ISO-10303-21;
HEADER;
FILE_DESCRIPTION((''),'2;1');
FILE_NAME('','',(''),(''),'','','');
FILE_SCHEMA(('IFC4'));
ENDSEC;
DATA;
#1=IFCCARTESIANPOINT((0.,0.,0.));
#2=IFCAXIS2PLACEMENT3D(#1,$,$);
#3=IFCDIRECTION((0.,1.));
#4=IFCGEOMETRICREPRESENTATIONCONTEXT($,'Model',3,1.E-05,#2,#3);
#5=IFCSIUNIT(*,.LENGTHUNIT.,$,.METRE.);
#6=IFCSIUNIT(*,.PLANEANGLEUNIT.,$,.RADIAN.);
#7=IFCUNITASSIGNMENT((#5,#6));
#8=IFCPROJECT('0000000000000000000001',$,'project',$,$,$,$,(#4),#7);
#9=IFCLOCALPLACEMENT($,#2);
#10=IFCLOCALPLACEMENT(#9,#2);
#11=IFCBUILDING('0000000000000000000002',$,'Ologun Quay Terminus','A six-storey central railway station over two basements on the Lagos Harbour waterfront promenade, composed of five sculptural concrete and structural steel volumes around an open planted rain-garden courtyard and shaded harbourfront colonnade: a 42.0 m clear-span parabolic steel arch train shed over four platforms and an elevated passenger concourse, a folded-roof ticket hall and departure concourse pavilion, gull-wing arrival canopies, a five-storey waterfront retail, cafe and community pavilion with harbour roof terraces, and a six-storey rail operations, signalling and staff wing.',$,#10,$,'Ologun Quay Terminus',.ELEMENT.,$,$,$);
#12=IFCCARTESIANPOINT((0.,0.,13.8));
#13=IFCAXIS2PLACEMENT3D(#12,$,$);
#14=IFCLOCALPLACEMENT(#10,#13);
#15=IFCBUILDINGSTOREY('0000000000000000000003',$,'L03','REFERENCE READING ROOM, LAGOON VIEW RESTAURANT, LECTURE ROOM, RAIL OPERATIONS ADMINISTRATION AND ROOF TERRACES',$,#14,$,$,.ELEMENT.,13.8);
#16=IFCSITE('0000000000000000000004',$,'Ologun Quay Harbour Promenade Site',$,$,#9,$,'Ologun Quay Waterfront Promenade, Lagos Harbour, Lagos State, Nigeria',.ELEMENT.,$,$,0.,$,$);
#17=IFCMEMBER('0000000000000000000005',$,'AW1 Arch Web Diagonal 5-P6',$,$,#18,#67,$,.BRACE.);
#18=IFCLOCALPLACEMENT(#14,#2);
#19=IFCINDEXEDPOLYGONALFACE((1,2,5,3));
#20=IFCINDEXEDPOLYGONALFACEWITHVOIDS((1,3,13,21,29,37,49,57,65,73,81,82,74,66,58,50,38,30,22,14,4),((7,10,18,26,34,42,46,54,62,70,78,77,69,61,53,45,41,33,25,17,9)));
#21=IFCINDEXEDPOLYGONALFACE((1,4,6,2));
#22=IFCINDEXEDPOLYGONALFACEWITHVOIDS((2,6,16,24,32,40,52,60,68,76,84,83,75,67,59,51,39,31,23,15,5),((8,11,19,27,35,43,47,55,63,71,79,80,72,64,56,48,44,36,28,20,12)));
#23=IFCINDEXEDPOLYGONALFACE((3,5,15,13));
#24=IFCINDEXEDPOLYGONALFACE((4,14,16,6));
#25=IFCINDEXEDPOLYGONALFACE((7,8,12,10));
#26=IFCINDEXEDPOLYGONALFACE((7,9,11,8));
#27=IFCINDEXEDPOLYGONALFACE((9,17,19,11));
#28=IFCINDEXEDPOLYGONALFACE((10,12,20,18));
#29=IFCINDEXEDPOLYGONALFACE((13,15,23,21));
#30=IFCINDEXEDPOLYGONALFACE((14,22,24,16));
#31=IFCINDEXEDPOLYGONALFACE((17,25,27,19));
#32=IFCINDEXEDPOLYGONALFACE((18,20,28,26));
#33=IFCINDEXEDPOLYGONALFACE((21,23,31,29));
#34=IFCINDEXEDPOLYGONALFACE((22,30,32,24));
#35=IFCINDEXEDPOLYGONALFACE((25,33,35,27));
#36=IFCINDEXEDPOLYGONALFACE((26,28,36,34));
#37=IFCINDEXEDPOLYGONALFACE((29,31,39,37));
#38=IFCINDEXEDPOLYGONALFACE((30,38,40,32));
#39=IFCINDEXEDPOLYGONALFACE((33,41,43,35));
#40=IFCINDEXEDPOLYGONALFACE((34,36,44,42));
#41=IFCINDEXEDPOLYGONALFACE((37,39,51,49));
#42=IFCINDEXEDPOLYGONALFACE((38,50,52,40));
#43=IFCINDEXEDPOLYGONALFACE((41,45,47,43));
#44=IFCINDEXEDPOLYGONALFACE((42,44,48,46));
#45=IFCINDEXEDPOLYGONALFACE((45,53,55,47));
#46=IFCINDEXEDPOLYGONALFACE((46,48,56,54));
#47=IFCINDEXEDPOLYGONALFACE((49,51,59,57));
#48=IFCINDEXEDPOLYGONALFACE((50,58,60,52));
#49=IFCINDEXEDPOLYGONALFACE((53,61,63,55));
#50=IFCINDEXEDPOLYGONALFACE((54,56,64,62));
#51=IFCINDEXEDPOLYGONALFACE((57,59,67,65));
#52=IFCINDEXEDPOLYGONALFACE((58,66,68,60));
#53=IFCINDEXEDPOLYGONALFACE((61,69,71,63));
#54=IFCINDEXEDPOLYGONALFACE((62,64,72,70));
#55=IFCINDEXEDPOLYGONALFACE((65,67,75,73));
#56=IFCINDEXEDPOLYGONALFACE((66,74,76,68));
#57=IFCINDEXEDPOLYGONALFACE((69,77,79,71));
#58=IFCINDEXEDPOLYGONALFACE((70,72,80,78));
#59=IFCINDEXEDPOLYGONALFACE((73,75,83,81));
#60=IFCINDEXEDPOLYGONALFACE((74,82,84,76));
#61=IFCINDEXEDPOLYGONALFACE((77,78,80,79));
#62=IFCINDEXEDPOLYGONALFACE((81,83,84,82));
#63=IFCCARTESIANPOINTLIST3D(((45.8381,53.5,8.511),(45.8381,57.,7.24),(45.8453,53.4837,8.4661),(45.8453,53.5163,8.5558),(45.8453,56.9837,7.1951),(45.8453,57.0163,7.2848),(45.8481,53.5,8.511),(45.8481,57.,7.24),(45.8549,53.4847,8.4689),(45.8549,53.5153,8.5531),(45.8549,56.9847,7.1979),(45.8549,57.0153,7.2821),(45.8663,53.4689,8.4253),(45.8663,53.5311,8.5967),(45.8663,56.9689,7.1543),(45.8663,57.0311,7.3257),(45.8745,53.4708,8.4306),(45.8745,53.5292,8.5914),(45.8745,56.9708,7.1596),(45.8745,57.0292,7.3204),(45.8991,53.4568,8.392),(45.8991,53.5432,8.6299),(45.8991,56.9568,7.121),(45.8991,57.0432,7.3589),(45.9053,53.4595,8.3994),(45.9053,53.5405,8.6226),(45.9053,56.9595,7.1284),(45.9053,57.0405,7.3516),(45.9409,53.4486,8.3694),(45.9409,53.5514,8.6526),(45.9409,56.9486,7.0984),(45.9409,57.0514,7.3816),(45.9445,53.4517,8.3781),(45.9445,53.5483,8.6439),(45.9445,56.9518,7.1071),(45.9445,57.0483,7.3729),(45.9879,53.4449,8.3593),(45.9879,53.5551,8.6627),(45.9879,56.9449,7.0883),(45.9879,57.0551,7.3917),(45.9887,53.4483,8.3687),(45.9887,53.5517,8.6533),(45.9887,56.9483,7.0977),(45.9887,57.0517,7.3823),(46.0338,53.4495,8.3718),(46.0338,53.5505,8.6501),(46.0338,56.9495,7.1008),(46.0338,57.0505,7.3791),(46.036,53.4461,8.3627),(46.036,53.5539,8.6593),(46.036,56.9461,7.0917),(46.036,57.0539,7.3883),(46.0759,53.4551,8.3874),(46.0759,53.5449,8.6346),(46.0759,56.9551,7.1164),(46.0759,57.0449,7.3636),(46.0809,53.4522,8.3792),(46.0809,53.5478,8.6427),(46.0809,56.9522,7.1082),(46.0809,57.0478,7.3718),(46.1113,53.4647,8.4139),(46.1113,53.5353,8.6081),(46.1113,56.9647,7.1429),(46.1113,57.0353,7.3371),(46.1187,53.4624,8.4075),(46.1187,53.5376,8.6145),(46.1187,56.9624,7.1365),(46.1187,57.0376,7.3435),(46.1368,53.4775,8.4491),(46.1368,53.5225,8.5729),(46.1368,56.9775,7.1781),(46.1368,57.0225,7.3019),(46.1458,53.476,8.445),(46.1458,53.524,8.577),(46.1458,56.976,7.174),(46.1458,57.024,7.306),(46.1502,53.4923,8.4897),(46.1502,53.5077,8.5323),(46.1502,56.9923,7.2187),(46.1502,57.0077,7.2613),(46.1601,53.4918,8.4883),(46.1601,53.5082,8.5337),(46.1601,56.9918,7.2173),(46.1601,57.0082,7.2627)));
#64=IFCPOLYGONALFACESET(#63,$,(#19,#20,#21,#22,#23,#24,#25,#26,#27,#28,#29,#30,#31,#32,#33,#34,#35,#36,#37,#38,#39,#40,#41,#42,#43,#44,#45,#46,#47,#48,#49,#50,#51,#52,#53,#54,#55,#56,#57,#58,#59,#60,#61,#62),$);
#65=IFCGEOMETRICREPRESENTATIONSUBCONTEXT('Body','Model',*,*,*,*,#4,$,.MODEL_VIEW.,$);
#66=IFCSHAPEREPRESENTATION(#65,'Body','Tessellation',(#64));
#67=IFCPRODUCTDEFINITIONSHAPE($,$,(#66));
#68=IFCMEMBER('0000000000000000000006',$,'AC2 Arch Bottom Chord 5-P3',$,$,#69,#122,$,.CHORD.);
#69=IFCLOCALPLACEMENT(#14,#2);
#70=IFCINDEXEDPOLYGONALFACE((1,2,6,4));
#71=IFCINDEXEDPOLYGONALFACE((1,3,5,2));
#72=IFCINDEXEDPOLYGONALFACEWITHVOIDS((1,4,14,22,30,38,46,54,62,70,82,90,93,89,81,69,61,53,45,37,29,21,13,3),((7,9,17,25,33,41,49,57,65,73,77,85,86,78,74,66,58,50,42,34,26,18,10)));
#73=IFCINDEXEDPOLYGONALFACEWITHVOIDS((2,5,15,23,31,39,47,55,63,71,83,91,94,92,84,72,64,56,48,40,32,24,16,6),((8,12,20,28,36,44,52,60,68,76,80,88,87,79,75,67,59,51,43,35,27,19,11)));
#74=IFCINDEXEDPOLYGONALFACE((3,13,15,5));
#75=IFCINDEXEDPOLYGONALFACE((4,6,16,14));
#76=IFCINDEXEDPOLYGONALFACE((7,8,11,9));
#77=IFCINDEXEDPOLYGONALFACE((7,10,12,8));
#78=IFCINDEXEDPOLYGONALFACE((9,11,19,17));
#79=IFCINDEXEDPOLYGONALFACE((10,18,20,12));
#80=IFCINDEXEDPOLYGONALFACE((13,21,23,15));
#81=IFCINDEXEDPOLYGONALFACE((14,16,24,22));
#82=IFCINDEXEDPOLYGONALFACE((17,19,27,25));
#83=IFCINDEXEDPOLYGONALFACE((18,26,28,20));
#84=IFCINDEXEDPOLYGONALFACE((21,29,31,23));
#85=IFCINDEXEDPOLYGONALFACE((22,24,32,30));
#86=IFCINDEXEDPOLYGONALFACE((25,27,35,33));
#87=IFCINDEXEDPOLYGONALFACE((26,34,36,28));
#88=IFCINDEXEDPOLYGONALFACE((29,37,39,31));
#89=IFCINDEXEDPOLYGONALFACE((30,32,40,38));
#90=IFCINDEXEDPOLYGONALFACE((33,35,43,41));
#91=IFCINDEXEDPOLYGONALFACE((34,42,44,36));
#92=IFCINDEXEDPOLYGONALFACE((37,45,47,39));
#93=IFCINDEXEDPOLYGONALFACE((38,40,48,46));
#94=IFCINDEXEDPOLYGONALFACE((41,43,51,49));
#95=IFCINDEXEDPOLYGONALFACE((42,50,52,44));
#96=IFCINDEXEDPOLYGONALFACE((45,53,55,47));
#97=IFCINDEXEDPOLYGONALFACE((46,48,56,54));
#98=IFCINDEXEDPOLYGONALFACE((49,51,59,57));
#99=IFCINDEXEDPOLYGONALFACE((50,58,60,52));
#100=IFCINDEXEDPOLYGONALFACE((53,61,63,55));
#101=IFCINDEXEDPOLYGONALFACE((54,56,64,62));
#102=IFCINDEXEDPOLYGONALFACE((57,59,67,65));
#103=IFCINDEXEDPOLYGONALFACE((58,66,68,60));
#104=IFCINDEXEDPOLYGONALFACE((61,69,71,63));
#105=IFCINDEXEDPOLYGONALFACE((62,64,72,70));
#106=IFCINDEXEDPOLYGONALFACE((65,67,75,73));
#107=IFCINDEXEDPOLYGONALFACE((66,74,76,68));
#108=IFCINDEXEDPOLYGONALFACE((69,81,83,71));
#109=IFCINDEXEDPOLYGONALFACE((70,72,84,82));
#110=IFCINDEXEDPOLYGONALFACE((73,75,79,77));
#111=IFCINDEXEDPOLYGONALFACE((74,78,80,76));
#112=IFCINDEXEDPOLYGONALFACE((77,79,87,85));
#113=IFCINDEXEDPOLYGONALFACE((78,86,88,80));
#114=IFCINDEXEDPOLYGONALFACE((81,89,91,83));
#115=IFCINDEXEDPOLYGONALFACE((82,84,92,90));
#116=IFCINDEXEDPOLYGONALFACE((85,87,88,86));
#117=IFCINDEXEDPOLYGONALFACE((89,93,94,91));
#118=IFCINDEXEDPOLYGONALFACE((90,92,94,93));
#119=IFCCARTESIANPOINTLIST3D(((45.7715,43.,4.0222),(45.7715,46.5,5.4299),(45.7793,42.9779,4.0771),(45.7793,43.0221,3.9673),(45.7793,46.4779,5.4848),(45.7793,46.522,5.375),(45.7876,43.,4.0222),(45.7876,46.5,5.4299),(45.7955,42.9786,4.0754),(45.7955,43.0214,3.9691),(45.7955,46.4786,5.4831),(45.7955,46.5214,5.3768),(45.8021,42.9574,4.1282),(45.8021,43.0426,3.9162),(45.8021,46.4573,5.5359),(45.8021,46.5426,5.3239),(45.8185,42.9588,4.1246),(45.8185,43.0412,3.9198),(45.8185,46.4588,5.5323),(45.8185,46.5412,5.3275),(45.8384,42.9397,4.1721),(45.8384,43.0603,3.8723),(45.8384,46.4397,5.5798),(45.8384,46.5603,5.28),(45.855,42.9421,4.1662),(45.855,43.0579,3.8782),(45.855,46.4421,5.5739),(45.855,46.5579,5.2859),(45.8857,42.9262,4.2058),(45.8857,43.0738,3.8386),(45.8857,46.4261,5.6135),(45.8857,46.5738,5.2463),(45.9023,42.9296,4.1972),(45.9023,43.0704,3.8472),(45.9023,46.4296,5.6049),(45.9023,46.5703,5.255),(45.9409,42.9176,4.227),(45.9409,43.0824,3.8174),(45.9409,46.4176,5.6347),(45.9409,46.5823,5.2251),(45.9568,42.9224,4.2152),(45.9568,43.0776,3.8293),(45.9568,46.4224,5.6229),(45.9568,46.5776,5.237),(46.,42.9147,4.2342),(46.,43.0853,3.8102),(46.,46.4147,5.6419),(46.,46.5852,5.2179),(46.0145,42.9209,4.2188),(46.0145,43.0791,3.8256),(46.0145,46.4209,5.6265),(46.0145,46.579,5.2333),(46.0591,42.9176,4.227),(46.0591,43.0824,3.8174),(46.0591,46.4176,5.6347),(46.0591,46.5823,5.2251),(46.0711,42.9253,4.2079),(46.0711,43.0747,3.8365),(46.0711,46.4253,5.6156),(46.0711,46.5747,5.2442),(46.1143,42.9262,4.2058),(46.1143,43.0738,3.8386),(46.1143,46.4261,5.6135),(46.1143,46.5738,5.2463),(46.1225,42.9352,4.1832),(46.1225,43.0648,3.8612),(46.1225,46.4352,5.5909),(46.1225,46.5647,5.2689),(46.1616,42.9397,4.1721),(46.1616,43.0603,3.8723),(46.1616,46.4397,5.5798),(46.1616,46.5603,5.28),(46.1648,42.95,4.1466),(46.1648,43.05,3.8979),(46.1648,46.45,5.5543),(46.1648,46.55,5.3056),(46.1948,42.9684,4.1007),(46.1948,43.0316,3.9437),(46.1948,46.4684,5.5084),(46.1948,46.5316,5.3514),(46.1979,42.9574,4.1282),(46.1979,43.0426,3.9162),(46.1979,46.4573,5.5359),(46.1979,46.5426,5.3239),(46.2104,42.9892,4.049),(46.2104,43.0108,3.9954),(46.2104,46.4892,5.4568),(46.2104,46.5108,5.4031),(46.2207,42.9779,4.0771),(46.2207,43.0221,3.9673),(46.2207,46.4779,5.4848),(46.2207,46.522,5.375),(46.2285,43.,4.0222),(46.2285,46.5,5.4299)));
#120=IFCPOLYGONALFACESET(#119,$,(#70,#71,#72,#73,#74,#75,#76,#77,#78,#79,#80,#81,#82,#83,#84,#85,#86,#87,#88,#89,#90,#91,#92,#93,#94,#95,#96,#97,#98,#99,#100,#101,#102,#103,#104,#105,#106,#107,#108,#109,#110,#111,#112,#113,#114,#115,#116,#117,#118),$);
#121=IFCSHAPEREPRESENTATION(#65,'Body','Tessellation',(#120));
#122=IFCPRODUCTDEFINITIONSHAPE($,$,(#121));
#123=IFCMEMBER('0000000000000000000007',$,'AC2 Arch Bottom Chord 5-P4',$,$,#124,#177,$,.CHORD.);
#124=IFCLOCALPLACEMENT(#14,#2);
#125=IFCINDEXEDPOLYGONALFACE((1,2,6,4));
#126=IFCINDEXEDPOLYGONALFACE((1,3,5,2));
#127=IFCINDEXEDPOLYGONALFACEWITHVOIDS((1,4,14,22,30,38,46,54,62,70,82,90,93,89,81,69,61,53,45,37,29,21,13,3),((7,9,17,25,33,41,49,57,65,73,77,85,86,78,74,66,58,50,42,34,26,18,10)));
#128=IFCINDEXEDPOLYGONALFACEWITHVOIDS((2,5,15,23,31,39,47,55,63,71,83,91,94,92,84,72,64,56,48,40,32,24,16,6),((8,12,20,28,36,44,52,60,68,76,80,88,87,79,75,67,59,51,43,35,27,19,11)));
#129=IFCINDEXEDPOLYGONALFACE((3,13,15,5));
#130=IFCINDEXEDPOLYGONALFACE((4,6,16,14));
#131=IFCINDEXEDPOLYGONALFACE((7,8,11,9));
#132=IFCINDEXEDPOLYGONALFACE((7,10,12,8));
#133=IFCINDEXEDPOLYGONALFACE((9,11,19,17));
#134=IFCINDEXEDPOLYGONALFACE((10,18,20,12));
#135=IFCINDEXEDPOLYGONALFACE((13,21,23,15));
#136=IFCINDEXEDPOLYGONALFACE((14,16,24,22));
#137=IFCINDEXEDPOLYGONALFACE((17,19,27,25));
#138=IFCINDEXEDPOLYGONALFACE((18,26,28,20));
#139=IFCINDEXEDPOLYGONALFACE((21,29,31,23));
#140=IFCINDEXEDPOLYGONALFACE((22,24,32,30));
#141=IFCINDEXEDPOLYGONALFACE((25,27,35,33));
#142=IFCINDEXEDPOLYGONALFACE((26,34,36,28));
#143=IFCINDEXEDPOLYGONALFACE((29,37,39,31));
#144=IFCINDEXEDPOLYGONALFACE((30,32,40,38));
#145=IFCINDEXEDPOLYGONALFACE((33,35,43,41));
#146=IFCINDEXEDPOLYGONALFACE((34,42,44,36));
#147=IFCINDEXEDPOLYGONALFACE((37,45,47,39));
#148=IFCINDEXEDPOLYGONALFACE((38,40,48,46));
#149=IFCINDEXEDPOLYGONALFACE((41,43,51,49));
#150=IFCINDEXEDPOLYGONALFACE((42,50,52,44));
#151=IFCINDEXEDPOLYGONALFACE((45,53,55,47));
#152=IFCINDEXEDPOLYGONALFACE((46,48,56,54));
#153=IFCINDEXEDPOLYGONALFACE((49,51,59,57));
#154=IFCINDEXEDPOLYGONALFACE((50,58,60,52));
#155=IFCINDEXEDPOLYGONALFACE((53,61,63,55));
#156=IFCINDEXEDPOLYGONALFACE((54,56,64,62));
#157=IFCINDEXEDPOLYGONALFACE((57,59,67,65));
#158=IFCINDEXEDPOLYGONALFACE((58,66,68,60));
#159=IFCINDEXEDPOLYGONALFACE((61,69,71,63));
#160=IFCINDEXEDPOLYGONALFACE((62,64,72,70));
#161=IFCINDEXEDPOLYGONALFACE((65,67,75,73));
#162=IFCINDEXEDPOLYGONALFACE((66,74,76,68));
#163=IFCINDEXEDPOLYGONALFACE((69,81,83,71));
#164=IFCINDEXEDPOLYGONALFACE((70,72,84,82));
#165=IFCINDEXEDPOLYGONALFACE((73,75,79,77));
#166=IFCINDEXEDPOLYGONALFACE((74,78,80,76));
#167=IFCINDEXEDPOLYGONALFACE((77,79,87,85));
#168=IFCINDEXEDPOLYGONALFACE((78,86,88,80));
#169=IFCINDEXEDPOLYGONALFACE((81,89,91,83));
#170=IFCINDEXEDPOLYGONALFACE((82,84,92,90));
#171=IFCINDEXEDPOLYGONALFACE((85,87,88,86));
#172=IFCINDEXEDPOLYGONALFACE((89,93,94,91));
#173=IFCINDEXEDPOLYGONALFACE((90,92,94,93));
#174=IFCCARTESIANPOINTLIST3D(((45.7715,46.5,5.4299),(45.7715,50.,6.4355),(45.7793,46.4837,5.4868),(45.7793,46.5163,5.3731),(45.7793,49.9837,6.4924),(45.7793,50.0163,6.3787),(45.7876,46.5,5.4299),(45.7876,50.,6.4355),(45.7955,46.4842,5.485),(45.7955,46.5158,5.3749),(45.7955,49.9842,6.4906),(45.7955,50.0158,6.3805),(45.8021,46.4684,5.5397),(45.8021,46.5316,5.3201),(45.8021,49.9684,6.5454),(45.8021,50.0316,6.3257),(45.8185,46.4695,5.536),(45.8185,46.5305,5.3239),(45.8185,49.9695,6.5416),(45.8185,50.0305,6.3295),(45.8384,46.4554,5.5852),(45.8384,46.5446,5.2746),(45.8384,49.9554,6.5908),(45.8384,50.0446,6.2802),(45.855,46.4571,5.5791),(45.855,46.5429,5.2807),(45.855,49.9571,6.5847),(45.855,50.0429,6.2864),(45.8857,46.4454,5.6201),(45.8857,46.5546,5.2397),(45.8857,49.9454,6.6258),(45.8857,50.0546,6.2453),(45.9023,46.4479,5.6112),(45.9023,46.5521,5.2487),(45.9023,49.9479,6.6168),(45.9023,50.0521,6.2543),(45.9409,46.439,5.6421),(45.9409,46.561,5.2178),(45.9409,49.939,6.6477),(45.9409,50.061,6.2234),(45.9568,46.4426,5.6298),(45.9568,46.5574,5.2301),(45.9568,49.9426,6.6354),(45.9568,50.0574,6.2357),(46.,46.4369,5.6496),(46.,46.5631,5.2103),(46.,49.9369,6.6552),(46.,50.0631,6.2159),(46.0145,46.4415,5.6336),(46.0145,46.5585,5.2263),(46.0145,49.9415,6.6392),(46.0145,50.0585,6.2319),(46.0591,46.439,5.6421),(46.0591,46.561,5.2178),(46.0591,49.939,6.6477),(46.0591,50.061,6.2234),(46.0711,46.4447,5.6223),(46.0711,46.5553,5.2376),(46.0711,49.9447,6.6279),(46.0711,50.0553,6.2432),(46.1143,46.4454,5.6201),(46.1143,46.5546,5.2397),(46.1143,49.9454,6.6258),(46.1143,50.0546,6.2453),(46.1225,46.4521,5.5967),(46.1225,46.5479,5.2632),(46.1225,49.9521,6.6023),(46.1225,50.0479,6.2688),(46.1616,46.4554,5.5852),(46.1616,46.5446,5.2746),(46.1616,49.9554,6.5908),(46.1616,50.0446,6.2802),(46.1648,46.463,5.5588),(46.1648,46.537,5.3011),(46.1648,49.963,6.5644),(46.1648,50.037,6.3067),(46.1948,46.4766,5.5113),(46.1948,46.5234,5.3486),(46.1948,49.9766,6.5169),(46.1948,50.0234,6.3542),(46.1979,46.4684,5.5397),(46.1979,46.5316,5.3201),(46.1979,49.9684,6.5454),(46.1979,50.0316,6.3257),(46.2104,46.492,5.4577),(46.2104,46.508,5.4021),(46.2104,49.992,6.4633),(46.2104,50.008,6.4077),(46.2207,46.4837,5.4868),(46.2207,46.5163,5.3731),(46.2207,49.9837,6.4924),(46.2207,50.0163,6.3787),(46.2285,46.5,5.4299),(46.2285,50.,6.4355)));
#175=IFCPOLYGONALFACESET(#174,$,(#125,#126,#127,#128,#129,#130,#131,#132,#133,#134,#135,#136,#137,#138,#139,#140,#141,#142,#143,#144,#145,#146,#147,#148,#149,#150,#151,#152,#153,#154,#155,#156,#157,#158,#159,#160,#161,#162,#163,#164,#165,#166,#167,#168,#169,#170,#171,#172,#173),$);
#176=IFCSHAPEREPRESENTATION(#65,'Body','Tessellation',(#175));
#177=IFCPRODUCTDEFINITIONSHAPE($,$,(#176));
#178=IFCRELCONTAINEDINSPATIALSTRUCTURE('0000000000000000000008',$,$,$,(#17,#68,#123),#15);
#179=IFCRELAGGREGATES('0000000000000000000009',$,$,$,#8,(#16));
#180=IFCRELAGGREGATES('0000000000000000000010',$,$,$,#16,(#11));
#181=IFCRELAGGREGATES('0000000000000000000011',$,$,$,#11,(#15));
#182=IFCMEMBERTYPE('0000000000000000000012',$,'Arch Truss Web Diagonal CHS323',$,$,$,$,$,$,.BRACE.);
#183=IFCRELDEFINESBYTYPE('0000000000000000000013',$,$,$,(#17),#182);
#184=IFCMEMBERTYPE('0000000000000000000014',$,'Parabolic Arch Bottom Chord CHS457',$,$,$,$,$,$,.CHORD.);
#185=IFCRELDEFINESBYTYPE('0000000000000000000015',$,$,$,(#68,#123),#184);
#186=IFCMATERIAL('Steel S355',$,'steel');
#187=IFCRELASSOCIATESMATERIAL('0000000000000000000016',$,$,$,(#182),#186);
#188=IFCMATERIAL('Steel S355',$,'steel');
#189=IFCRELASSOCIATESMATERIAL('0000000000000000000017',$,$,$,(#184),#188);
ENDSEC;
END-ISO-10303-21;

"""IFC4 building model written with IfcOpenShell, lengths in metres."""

from ifc_helpers import new_model, si_unit, direction, frame, origin, origin_2d, place, context, subcontext, project, spatial, hollow_circle, extrude, material, material_profile, profile_set, type_object, element, save


model = new_model("IFC4")

# Units and contexts
model_context = context("Model", 3, precision=1e-05, world=origin(), true_north=direction((0.0, 1.0)))
body_context = subcontext(model_context, "Body", "Model", "MODEL_VIEW")
ifc_project = project(units=[si_unit("LENGTHUNIT", "METRE"), si_unit("PLANEANGLEUNIT", "RADIAN")], contexts=[model_context])

# Site, building, storey
site_placement = place(None, origin())
site = spatial("IfcSite", under=ifc_project, at=site_placement, Name="Ologun Quay Harbour Promenade Site", LongName="Ologun Quay Waterfront Promenade, Lagos Harbour, Lagos State, Nigeria", CompositionType="ELEMENT", RefElevation=0.0)
building_placement = place(site_placement, origin())
building = spatial("IfcBuilding", under=site, at=building_placement, Name="Ologun Quay Terminus", Description="A six-storey central railway station over two basements on the Lagos Harbour waterfront promenade, composed of five sculptural concrete and structural steel volumes around an open planted rain-garden courtyard and shaded harbourfront colonnade: a 42.0 m clear-span parabolic steel arch train shed over four platforms and an elevated passenger concourse, a folded-roof ticket hall and departure concourse pavilion, gull-wing arrival canopies, a five-storey waterfront retail, cafe and community pavilion with harbour roof terraces, and a six-storey rail operations, signalling and staff wing.", LongName="Ologun Quay Terminus", CompositionType="ELEMENT")
storey_placement = place(building_placement, frame((0.0, 0.0, 13.8)))
storey = spatial("IfcBuildingStorey", under=building, at=storey_placement, Name="L03", Description="REFERENCE READING ROOM, LAGOON VIEW RESTAURANT, LECTURE ROOM, RAIL OPERATIONS ADMINISTRATION AND ROOF TERRACES", CompositionType="ELEMENT", Elevation=13.8)

# Members
ifc_material_1 = material(Name="Steel S355", Category="steel")
ifc_material_profile_1 = material_profile(ifc_material_1, hollow_circle(Radius=0.1619, WallThickness=0.01, at=origin_2d()), Name="CHS 323.9x10")
ifc_profile_set_1 = profile_set([ifc_material_profile_1], Name="Steel S355")
member_type_1 = type_object("IfcMemberType", Name="Arch Truss Web Diagonal CHS323", PredefinedType="BRACE", material=ifc_profile_set_1)
member_1_placement = place(storey_placement, frame((46.0, 53.5, 8.511), z_axis=(0.0, 0.939943, -0.341332), x_axis=(-1.0, 0.0, 0.0)))
element("IfcMember", 1, at=member_1_placement, inside=storey, type_object=member_type_1, Name="AW1 Arch Web Diagonal 5-P6", PredefinedType="BRACE", context=body_context, shape_type="SweptSolid", body=[
    extrude(hollow_circle(Radius=0.1619, WallThickness=0.01, at=origin_2d()), origin(), (0.0, 0.0, 1.0), 3.7236),
])
ifc_material_2 = material(Name="Steel S355", Category="steel")
ifc_material_profile_2 = material_profile(ifc_material_2, hollow_circle(Radius=0.2285, WallThickness=0.0161, at=origin_2d()), Name="CHS 457x16")
ifc_profile_set_2 = profile_set([ifc_material_profile_2], Name="Steel S355")
member_type_2 = type_object("IfcMemberType", Name="Parabolic Arch Bottom Chord CHS457", PredefinedType="CHORD", material=ifc_profile_set_2)
member_2_placement = place(storey_placement, frame((46.0, 43.0, 4.0222), z_axis=(0.0, 0.92777, 0.373153), x_axis=(-1.0, 0.0, 0.0)))
element("IfcMember", 2, at=member_2_placement, inside=storey, type_object=member_type_2, Name="AC2 Arch Bottom Chord 5-P3", PredefinedType="CHORD", context=body_context, shape_type="SweptSolid", body=[
    extrude(hollow_circle(Radius=0.2285, WallThickness=0.0161, at=origin_2d()), origin(), (0.0, 0.0, 1.0), 3.7725),
])
member_3_placement = place(storey_placement, frame((46.0, 46.5, 5.4299), z_axis=(0.0, 0.961116, 0.276146), x_axis=(-1.0, 0.0, 0.0)))
element("IfcMember", 3, at=member_3_placement, inside=storey, type_object=member_type_2, Name="AC2 Arch Bottom Chord 5-P4", PredefinedType="CHORD", context=body_context, shape_type="SweptSolid", body=[
    extrude(hollow_circle(Radius=0.2285, WallThickness=0.0161, at=origin_2d()), origin(), (0.0, 0.0, 1.0), 3.6416),
])

save(model, "model.ifc")
